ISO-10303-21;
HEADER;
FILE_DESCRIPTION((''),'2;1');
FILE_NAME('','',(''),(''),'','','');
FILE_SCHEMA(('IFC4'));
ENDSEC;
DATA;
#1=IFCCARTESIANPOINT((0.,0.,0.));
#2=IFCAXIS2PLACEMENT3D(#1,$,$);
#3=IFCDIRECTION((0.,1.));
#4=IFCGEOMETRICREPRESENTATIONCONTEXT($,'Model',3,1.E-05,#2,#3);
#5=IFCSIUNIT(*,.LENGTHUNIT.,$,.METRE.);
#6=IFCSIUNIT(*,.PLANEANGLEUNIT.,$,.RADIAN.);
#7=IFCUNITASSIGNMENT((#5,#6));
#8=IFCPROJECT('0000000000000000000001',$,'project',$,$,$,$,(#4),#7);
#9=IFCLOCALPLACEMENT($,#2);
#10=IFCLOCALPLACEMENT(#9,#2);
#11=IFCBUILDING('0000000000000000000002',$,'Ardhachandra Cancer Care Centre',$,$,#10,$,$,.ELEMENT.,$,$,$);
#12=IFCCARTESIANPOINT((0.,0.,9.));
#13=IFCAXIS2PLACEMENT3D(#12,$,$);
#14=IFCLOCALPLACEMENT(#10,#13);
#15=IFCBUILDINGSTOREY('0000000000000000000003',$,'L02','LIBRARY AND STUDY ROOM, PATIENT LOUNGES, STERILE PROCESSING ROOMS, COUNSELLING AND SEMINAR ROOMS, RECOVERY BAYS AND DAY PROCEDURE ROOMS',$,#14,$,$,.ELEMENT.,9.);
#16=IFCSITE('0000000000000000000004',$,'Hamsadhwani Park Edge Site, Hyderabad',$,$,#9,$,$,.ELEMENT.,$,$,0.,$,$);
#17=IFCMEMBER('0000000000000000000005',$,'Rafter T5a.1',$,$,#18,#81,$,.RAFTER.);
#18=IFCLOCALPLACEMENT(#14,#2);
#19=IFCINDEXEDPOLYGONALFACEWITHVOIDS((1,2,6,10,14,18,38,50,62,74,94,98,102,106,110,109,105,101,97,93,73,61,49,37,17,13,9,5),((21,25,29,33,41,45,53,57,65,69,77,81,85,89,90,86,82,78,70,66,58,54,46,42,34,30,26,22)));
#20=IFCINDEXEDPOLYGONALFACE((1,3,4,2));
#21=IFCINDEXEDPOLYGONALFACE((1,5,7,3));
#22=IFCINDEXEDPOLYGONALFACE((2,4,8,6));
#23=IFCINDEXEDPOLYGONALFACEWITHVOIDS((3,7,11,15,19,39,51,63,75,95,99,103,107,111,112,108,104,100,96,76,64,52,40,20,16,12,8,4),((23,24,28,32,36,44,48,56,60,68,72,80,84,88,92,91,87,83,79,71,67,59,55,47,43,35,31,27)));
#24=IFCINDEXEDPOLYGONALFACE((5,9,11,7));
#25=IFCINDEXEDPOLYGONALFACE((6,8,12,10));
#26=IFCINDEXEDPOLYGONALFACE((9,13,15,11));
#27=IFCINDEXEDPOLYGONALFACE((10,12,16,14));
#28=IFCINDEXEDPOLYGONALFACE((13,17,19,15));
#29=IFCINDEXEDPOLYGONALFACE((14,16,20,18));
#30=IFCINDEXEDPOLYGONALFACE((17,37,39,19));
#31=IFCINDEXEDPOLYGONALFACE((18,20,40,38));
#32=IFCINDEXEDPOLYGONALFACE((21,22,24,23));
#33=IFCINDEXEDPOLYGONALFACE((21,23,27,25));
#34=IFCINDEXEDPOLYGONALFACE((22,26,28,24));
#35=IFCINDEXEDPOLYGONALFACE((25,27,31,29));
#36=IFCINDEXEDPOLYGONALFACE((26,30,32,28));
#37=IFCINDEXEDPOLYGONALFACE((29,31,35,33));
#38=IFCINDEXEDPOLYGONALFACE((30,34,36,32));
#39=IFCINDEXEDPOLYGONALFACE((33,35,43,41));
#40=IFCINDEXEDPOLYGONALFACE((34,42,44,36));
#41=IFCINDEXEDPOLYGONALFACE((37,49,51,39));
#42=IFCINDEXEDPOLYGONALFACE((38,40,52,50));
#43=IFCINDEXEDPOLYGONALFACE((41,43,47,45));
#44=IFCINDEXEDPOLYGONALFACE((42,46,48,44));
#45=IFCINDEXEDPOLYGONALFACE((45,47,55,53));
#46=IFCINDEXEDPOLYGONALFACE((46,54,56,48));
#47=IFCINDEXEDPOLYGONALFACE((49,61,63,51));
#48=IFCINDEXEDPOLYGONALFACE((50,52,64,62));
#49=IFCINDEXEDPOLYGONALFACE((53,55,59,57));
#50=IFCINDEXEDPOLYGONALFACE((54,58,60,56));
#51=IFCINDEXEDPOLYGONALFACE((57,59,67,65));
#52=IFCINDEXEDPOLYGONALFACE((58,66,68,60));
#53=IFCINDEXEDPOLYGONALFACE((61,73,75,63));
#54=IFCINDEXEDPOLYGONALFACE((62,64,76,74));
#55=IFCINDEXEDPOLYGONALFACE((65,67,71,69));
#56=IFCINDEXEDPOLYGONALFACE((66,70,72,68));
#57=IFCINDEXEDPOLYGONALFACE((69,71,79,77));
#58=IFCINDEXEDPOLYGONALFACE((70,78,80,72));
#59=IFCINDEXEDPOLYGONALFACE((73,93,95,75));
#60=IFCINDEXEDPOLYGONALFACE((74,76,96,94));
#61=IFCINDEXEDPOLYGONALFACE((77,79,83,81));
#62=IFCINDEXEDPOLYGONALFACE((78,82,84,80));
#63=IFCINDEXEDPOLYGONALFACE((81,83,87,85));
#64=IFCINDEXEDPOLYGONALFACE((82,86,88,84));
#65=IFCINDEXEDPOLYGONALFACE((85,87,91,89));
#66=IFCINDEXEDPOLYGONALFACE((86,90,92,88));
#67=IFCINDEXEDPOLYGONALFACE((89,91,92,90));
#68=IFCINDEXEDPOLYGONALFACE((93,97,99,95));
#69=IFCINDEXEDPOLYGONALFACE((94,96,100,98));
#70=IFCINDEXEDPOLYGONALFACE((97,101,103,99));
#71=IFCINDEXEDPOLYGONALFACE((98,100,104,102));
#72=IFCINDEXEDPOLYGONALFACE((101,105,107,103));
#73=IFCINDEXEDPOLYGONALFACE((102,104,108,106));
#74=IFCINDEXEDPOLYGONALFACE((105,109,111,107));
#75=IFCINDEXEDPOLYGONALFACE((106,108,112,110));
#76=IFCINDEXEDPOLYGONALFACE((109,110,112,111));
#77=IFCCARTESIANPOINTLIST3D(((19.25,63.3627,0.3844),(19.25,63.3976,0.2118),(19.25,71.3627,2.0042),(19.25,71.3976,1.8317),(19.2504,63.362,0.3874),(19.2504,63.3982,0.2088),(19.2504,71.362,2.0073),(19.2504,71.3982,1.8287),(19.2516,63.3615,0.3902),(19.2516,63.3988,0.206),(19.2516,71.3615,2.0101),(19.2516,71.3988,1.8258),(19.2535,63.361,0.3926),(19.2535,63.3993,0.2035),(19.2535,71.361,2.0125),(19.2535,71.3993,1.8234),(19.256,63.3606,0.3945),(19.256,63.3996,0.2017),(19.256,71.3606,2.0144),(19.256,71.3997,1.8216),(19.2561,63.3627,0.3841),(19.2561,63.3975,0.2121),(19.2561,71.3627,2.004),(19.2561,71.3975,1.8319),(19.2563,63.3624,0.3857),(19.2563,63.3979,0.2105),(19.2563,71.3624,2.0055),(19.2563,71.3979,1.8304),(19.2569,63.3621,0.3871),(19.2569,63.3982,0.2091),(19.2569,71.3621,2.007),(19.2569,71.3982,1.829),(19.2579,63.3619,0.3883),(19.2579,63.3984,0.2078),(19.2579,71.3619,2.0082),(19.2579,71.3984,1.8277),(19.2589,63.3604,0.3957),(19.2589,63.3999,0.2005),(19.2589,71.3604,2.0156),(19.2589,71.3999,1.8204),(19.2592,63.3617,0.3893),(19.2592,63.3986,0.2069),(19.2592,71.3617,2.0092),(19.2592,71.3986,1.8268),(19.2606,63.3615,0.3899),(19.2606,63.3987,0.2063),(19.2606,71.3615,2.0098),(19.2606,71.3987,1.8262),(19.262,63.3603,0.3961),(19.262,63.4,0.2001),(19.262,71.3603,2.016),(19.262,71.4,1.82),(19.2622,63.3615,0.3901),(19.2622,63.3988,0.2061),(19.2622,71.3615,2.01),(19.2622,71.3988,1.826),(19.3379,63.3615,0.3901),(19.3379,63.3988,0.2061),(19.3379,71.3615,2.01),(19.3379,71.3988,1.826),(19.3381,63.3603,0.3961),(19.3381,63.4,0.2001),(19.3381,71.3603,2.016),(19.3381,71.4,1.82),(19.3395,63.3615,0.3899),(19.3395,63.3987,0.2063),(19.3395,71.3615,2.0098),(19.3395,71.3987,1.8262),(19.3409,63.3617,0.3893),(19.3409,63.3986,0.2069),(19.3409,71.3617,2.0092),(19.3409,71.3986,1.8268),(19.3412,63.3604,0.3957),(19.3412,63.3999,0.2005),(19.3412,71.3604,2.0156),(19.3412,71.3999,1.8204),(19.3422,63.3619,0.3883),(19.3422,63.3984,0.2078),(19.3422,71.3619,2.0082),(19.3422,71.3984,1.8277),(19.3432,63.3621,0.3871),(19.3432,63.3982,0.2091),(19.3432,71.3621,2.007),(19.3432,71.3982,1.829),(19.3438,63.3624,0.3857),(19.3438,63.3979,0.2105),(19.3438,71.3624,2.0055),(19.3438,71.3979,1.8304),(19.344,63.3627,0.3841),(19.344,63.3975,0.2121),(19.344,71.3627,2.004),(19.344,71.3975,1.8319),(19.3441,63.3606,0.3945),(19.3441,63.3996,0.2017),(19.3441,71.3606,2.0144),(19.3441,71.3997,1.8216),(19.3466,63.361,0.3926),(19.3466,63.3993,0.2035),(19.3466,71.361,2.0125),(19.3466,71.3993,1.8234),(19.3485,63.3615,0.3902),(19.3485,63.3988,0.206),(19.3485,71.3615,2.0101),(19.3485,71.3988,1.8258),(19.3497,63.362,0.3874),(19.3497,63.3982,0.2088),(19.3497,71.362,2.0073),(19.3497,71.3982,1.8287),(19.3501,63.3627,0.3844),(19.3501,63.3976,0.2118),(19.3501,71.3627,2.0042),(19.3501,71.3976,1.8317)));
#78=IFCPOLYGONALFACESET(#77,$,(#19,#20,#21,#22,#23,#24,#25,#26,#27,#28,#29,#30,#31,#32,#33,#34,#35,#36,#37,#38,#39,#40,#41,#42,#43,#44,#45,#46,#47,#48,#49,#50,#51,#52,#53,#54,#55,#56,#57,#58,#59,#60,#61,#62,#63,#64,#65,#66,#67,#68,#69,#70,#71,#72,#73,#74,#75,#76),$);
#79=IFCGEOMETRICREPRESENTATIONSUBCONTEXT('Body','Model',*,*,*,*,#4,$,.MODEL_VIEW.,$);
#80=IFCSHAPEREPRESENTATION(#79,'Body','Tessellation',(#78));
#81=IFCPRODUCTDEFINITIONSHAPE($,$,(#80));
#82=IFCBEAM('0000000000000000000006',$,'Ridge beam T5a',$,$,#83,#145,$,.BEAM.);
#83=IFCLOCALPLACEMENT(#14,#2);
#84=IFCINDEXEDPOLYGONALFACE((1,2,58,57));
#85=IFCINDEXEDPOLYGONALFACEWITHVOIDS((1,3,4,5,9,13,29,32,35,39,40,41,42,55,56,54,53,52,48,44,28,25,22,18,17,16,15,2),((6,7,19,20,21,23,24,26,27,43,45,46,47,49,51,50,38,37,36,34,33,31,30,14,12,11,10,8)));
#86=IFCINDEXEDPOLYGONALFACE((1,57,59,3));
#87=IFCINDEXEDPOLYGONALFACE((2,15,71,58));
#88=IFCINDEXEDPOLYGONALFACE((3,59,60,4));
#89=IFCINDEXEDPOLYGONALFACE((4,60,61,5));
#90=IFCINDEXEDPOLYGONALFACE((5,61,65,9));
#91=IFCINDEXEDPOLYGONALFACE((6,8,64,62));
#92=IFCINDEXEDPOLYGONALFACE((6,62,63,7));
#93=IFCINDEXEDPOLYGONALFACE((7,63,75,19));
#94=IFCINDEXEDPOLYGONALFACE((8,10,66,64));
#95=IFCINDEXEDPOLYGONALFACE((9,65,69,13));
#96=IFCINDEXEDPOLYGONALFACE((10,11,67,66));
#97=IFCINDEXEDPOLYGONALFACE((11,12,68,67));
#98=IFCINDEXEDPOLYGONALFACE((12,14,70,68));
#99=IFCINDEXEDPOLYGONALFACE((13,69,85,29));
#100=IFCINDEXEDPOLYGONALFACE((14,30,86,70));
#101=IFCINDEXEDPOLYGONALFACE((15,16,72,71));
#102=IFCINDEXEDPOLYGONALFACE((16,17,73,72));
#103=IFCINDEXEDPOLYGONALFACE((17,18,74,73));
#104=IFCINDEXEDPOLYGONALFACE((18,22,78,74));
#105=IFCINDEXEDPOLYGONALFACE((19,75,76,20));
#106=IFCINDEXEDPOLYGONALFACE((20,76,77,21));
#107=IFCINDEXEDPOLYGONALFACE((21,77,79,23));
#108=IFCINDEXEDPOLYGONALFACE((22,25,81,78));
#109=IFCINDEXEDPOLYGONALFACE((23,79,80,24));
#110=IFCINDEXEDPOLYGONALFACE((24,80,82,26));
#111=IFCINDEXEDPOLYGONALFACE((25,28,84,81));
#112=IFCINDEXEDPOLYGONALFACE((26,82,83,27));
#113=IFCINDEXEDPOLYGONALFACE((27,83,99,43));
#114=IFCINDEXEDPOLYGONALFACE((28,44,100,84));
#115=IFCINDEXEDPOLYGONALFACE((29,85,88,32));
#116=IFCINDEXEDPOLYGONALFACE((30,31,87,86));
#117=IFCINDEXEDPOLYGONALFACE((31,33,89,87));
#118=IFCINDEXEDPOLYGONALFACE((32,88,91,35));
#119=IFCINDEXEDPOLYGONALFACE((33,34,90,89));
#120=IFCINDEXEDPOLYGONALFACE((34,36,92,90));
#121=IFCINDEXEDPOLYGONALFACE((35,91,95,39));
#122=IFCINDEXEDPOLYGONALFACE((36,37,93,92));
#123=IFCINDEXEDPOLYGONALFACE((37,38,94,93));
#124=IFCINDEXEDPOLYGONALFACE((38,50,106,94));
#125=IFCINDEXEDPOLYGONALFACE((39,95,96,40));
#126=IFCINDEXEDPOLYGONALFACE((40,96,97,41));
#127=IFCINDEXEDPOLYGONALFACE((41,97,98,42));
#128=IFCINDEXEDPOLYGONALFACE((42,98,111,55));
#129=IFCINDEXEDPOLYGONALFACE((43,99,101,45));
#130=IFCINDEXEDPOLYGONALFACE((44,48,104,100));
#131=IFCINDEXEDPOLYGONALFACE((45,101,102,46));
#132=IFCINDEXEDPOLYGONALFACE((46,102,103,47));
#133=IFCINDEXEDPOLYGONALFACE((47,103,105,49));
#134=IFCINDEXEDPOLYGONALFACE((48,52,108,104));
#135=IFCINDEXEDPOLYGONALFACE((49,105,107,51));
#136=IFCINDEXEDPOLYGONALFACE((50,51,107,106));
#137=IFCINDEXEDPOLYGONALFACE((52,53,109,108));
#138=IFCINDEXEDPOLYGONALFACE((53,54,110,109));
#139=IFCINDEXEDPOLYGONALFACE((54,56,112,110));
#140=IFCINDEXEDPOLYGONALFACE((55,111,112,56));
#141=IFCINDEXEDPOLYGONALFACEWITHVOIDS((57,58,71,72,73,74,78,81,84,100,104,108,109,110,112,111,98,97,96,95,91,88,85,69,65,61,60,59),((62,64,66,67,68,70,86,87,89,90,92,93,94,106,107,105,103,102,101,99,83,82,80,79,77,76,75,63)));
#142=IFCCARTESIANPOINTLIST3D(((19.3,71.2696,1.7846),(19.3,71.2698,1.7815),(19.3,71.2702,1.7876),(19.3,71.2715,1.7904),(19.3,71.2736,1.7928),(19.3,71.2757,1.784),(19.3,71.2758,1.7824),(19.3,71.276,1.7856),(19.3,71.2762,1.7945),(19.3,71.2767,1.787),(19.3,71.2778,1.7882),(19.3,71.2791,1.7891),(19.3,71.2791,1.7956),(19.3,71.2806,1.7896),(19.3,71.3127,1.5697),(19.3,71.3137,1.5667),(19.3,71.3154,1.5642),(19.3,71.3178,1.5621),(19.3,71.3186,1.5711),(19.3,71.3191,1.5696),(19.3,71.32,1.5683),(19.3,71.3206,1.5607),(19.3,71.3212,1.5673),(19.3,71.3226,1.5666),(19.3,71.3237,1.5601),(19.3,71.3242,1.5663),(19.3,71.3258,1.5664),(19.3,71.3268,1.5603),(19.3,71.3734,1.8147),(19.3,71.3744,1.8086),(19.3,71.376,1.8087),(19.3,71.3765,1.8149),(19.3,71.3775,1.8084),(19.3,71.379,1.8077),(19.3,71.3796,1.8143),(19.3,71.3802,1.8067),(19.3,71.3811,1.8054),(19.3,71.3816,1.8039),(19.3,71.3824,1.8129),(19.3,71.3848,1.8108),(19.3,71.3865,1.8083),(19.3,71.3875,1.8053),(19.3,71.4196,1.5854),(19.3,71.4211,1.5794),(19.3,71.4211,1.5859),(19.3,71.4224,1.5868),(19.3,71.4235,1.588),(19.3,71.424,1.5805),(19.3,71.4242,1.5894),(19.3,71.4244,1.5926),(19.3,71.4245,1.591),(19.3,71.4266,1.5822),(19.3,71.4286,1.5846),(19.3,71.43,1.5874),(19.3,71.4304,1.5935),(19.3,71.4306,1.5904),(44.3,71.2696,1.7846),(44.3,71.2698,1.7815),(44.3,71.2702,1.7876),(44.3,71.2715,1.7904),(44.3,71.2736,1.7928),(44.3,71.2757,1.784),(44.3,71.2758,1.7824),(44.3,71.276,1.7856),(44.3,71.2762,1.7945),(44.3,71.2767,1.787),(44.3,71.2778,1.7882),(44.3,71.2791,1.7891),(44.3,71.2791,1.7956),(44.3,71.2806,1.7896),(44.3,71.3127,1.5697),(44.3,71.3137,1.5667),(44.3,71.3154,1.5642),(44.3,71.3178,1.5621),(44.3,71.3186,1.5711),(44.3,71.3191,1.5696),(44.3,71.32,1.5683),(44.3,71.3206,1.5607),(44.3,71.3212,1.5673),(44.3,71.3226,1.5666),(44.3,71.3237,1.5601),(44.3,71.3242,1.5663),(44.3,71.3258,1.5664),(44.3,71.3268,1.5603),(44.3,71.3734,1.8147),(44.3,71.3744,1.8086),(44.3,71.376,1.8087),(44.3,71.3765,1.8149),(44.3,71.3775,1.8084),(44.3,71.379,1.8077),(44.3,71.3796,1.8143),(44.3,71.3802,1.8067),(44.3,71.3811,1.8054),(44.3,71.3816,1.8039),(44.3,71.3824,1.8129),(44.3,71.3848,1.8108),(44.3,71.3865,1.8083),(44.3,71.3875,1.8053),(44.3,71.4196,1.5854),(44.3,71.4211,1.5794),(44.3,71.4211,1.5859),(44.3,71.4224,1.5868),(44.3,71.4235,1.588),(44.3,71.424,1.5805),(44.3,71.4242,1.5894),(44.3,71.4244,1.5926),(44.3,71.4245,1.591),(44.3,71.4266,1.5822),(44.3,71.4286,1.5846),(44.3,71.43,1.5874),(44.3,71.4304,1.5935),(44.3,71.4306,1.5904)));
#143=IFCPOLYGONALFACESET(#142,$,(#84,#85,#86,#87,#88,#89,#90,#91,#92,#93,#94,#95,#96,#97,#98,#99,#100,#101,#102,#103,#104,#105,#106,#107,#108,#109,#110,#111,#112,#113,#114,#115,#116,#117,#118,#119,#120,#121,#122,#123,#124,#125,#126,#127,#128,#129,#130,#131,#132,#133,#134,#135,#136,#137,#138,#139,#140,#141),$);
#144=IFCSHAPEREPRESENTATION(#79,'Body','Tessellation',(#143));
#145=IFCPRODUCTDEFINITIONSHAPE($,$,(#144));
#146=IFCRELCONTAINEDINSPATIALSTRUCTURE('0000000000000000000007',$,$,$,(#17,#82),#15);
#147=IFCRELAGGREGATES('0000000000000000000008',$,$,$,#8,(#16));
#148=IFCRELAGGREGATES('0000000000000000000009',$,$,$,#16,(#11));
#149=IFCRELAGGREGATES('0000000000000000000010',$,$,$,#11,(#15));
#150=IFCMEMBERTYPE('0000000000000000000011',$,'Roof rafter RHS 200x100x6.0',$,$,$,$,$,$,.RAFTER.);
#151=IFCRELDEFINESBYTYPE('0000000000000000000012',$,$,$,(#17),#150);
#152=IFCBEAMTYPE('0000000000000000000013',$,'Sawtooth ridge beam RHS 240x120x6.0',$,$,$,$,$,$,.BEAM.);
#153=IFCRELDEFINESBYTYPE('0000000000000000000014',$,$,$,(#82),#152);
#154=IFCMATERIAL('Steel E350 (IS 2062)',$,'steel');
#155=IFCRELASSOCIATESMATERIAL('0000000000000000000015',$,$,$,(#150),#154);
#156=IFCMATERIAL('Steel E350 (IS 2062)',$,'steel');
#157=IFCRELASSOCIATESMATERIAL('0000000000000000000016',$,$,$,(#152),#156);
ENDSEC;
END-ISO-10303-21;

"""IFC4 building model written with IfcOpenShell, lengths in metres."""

from ifc_helpers import new_model, si_unit, direction, frame, origin, origin_2d, place, context, subcontext, project, spatial, hollow_rectangle, extrude, material, material_profile, profile_set, type_object, element, save


model = new_model("IFC4")

# Units and contexts
model_context = context("Model", 3, precision=1e-05, world=origin(), true_north=direction((0.0, 1.0)))
body_context = subcontext(model_context, "Body", "Model", "MODEL_VIEW")
ifc_project = project(units=[si_unit("LENGTHUNIT", "METRE"), si_unit("PLANEANGLEUNIT", "RADIAN")], contexts=[model_context])

# Site, building, storey
site_placement = place(None, origin())
site = spatial("IfcSite", under=ifc_project, at=site_placement, Name="Hamsadhwani Park Edge Site, Hyderabad", CompositionType="ELEMENT", RefElevation=0.0)
building_placement = place(site_placement, origin())
building = spatial("IfcBuilding", under=site, at=building_placement, Name="Ardhachandra Cancer Care Centre", CompositionType="ELEMENT")
storey_placement = place(building_placement, frame((0.0, 0.0, 9.0)))
storey = spatial("IfcBuildingStorey", under=building, at=storey_placement, Name="L02", Description="LIBRARY AND STUDY ROOM, PATIENT LOUNGES, STERILE PROCESSING ROOMS, COUNSELLING AND SEMINAR ROOMS, RECOVERY BAYS AND DAY PROCEDURE ROOMS", CompositionType="ELEMENT", Elevation=9.0)

# Member
ifc_material_1 = material(Name="Steel E350 (IS 2062)", Category="steel")
ifc_material_profile_1 = material_profile(ifc_material_1, hollow_rectangle(XDim=0.1001, YDim=0.2, WallThickness=0.0061, InnerFilletRadius=0.0061, OuterFilletRadius=0.012, at=origin_2d()), Name="RHS 200x100x6.0")
ifc_profile_set_1 = profile_set([ifc_material_profile_1], Name="Steel E350 (IS 2062)")
member_type_1 = type_object("IfcMemberType", Name="Roof rafter RHS 200x100x6.0", PredefinedType="RAFTER", material=ifc_profile_set_1)
member_1_placement = place(storey_placement, frame((19.3, 63.3801, 0.2981), z_axis=(0.0, 0.98011, 0.198457), x_axis=(-1.0, 0.0, 0.0)))
element("IfcMember", 1, at=member_1_placement, inside=storey, type_object=member_type_1, Name="Rafter T5a.1", PredefinedType="RAFTER", context=body_context, shape_type="SweptSolid", body=[
    extrude(hollow_rectangle(XDim=0.1001, YDim=0.2, WallThickness=0.0061, InnerFilletRadius=0.0061, OuterFilletRadius=0.012, at=origin_2d()), origin(), (0.0, 0.0, 1.0), 8.1624),
])

# Beam
ifc_material_2 = material(Name="Steel E350 (IS 2062)", Category="steel")
ifc_material_profile_2 = material_profile(ifc_material_2, hollow_rectangle(XDim=0.1201, YDim=0.24, WallThickness=0.0061, InnerFilletRadius=0.0061, OuterFilletRadius=0.012, at=origin_2d()), Name="RHS 240x120x6.0")
ifc_profile_set_2 = profile_set([ifc_material_profile_2], Name="Steel E350 (IS 2062)")
beam_type_1 = type_object("IfcBeamType", Name="Sawtooth ridge beam RHS 240x120x6.0", PredefinedType="BEAM", material=ifc_profile_set_2)
beam_1_placement = place(storey_placement, frame((19.3, 71.3501, 1.6875), z_axis=(1.0, 0.0, 0.0), x_axis=(0.0, 0.980107, 0.198472)))
element("IfcBeam", 2, at=beam_1_placement, inside=storey, type_object=beam_type_1, Name="Ridge beam T5a", PredefinedType="BEAM", context=body_context, shape_type="SweptSolid", body=[
    extrude(hollow_rectangle(XDim=0.1201, YDim=0.24, WallThickness=0.0061, InnerFilletRadius=0.0061, OuterFilletRadius=0.012, at=origin_2d()), origin(), (0.0, 0.0, 1.0), 25.0),
])

save(model, "model.ifc")
